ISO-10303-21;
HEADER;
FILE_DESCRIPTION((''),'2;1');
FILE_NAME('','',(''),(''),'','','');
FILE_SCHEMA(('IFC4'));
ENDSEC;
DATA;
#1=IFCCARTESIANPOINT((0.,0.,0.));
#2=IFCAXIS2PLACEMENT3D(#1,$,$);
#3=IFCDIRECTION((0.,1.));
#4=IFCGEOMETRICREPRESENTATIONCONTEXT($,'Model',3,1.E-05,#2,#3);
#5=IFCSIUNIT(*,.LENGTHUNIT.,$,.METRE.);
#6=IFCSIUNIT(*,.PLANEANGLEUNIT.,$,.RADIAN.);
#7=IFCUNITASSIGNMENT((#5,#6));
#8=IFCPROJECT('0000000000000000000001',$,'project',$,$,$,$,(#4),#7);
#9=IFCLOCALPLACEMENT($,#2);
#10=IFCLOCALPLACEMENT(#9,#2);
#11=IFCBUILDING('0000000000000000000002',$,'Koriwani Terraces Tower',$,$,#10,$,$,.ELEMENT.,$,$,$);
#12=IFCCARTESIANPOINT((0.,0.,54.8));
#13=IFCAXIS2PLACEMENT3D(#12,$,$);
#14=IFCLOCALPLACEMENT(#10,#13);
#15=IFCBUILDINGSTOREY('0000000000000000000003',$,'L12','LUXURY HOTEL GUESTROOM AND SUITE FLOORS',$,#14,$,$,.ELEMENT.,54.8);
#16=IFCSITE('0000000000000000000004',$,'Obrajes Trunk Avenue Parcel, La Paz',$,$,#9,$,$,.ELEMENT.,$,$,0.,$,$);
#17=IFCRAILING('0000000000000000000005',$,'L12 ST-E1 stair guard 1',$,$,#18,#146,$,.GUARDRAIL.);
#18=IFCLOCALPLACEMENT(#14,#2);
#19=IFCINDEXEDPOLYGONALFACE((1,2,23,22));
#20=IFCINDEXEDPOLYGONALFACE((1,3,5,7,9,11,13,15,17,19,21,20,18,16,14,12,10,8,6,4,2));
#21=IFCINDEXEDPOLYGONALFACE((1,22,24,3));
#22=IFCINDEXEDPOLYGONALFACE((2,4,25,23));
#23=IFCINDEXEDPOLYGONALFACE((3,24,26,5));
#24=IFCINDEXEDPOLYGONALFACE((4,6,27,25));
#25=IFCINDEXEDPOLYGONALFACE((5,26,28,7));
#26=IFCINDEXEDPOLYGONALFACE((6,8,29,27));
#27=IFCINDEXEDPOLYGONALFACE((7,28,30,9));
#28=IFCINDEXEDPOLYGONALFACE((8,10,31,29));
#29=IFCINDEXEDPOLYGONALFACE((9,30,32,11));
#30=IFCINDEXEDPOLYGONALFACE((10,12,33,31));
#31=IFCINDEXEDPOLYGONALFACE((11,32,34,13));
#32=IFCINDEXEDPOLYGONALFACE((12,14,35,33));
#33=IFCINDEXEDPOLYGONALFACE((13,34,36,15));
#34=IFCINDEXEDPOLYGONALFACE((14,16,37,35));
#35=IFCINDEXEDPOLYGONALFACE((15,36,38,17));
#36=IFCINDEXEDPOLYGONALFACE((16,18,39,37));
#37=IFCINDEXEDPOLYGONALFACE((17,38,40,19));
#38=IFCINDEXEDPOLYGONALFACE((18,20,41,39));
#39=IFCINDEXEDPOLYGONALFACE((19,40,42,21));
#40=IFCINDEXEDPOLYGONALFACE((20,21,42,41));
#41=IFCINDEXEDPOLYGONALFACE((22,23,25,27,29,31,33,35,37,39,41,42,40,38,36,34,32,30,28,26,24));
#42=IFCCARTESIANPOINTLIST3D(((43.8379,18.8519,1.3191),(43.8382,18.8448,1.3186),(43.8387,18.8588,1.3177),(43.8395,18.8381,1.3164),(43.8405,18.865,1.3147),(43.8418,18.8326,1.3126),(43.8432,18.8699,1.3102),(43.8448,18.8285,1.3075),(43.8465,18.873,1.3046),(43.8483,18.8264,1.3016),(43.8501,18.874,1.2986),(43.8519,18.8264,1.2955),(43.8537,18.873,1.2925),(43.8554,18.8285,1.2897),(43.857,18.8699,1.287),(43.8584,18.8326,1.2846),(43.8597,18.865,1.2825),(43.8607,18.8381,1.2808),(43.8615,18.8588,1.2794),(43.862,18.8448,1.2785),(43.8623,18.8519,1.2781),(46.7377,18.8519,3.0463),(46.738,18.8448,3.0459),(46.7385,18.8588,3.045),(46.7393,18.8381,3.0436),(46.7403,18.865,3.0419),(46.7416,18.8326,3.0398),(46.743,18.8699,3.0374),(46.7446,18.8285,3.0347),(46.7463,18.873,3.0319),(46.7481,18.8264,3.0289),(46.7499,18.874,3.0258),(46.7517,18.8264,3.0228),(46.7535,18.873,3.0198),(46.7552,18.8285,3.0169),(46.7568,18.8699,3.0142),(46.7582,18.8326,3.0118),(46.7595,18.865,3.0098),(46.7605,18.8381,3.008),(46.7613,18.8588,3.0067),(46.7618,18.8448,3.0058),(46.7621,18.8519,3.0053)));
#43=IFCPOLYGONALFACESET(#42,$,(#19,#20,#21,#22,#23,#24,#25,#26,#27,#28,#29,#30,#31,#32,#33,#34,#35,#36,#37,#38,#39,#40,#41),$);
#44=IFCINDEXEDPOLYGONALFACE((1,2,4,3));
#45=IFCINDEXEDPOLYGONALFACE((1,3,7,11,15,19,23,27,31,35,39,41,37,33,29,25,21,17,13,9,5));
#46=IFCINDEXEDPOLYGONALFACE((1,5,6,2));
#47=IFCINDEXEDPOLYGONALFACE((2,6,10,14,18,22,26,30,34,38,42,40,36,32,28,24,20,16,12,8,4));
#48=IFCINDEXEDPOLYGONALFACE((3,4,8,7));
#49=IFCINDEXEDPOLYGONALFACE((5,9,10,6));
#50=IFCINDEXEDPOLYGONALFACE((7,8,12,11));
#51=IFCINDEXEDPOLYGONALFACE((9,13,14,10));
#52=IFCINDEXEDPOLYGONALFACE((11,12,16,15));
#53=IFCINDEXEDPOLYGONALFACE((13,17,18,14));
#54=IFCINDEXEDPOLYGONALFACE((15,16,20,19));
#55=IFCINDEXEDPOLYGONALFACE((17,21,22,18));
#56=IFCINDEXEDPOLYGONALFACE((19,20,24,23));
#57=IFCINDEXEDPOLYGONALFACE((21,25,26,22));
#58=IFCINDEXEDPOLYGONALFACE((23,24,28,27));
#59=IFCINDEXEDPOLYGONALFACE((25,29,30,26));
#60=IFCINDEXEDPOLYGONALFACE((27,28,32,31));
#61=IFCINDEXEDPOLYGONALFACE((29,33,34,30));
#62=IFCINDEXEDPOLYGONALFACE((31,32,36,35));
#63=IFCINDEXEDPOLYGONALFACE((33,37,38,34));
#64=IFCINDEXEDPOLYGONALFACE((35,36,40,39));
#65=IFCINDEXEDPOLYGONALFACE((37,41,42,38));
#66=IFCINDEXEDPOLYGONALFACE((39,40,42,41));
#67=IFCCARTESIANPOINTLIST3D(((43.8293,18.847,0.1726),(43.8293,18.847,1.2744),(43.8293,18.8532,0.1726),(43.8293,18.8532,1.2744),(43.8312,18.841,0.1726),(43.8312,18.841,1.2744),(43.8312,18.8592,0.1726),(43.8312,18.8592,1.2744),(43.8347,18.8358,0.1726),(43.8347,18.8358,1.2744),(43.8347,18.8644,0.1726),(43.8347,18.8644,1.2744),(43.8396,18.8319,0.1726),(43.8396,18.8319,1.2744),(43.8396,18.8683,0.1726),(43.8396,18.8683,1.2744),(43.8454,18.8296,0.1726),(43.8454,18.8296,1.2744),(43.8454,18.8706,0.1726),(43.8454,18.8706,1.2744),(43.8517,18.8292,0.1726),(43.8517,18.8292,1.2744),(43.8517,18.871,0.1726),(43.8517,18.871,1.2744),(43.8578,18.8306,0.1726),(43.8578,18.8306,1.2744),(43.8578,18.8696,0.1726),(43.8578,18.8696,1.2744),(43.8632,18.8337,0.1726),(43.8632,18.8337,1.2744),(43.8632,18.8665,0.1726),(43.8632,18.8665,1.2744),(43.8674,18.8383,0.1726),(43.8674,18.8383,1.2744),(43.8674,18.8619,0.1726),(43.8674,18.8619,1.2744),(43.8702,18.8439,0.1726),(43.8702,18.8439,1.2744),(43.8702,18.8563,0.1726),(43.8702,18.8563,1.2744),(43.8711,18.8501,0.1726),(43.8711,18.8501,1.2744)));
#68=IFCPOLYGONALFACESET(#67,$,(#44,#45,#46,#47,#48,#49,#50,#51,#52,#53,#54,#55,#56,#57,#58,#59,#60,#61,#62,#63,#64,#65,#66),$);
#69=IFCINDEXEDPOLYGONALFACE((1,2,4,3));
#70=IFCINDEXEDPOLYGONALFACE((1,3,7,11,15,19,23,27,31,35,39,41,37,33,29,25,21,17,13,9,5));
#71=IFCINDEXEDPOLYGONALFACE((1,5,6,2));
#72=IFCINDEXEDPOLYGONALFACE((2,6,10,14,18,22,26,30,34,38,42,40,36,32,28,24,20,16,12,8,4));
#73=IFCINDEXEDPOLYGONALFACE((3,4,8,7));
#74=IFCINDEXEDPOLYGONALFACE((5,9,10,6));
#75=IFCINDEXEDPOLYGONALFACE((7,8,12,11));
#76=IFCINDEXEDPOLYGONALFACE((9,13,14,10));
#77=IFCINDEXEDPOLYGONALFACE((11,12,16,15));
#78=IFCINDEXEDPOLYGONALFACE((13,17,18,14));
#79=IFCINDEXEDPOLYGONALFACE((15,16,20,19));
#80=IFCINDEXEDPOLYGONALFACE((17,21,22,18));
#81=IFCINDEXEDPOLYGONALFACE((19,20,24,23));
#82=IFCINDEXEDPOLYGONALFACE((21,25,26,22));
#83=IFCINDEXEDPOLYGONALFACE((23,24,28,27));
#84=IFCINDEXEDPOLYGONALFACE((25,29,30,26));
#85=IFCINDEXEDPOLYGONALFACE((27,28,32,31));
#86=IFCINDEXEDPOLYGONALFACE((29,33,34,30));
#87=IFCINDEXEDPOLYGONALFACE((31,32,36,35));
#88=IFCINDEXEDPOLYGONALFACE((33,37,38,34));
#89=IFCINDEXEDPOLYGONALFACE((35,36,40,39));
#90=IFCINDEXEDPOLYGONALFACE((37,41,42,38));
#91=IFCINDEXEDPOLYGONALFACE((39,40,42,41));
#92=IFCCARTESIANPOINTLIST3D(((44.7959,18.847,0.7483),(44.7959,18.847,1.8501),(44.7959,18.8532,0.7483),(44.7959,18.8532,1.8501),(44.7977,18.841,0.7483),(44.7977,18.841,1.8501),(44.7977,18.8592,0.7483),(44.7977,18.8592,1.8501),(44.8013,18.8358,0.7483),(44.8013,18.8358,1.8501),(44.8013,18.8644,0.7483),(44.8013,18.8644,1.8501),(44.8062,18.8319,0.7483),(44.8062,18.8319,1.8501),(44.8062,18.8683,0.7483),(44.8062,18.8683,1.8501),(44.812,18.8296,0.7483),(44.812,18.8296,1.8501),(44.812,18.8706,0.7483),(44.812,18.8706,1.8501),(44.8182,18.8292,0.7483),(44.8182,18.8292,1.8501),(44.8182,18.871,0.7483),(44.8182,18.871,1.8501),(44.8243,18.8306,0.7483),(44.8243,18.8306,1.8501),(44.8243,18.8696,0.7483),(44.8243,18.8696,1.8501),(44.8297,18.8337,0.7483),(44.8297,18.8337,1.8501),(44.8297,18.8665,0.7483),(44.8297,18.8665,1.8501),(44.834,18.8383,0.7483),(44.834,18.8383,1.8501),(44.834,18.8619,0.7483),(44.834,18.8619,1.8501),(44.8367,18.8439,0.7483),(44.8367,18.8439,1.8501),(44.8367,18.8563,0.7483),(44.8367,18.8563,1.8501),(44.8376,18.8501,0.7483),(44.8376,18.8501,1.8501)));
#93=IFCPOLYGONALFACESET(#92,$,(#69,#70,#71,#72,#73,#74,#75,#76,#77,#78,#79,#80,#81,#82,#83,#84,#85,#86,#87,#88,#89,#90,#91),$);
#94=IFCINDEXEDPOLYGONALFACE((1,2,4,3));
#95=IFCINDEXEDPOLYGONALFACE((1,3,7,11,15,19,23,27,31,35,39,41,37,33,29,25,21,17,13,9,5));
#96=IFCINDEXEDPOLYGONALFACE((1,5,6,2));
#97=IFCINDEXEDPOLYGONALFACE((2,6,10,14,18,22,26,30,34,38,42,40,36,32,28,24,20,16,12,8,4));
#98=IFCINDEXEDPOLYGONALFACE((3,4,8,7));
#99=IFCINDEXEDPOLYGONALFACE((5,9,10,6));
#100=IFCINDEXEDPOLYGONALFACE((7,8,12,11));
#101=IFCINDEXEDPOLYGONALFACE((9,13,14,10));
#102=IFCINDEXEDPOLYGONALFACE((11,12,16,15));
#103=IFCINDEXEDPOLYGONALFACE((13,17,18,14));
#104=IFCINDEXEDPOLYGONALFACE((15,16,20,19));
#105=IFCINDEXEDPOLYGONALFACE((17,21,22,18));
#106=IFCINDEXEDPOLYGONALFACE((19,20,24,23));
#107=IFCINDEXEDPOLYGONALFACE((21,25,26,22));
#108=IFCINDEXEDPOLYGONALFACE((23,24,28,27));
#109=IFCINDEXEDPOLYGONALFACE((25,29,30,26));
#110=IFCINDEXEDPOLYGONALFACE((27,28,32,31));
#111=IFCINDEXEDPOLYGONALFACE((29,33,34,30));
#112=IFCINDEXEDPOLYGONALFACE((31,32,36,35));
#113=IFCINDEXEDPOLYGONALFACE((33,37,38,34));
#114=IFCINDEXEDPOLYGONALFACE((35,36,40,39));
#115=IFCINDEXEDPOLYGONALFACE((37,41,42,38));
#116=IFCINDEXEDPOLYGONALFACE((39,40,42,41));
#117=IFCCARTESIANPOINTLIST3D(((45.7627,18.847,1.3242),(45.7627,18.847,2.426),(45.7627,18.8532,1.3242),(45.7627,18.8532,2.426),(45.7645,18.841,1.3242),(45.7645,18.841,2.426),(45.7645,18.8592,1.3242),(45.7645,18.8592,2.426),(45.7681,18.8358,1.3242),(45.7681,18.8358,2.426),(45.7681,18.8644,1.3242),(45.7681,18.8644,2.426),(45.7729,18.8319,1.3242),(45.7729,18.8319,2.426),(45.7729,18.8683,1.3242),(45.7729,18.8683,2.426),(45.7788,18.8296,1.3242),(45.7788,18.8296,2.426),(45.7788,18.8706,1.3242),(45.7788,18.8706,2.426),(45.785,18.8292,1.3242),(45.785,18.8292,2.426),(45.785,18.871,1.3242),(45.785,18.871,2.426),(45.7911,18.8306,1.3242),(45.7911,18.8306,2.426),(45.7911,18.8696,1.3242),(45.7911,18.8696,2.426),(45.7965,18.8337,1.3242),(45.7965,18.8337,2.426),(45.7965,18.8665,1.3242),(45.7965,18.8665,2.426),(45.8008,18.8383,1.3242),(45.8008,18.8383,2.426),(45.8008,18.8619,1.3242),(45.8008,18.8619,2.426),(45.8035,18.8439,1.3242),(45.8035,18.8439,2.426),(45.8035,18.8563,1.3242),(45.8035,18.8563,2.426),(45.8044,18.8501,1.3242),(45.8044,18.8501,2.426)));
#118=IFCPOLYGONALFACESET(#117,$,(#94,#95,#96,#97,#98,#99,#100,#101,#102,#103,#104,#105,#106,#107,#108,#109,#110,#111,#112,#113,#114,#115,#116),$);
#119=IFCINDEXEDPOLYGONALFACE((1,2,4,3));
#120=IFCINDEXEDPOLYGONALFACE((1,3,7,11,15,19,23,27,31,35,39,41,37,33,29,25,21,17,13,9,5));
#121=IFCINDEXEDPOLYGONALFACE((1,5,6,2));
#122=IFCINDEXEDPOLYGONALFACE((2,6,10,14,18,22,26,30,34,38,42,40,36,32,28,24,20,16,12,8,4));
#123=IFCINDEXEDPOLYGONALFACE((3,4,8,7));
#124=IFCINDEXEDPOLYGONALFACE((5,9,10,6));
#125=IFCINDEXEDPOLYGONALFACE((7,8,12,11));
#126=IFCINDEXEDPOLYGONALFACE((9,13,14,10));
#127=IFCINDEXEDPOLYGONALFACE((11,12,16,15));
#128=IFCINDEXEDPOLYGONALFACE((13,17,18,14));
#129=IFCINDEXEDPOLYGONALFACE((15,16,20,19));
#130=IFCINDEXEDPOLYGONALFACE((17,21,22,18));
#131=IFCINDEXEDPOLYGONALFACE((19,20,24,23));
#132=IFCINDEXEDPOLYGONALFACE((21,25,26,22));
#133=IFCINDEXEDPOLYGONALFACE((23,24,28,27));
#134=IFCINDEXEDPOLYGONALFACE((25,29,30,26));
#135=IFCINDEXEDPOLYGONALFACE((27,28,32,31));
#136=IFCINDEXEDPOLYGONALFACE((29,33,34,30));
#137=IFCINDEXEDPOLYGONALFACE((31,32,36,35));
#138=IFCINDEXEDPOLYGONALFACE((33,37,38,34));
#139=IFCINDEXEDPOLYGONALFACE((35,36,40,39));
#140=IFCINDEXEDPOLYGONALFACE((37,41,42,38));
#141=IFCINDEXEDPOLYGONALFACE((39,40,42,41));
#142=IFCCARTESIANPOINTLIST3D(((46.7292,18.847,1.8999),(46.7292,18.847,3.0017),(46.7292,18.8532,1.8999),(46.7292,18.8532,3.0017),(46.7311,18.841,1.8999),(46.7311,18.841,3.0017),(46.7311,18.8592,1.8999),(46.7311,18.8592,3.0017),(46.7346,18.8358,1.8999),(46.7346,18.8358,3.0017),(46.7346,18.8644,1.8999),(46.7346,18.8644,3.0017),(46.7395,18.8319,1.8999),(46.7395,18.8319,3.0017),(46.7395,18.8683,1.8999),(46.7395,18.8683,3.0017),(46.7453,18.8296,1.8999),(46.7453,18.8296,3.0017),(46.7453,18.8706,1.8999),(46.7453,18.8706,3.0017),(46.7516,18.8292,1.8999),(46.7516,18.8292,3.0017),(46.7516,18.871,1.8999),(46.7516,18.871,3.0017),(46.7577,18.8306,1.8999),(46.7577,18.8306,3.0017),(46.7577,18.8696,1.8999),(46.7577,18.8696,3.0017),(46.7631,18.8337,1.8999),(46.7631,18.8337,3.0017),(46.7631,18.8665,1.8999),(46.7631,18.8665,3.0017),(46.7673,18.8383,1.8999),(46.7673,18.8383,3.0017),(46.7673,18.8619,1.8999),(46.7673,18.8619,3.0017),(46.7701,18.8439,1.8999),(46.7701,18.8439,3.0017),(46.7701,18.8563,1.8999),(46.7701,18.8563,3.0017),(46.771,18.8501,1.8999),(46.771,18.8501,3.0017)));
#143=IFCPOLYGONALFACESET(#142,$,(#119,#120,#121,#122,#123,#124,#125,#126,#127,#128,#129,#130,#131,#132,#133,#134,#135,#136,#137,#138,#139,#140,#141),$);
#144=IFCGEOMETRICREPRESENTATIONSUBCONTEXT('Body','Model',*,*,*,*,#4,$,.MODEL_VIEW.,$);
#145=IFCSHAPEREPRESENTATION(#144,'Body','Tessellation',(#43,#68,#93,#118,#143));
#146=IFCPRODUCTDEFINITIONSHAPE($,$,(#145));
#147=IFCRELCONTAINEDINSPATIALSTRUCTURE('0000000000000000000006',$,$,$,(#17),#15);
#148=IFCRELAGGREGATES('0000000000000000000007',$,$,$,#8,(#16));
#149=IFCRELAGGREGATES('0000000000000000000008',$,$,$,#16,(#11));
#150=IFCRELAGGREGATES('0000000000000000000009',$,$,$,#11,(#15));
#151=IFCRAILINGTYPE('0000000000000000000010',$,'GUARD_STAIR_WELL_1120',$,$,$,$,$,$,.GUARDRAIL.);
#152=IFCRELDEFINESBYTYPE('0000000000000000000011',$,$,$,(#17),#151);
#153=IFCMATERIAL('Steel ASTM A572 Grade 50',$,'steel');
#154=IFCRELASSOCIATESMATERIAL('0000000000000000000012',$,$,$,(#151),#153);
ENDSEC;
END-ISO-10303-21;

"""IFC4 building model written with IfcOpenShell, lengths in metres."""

from ifc_helpers import new_model, si_unit, direction, frame, origin, origin_2d, place, context, subcontext, project, spatial, circle, extrude, material, type_object, element, save


model = new_model("IFC4")

# Units and contexts
model_context = context("Model", 3, precision=1e-05, world=origin(), true_north=direction((0.0, 1.0)))
body_context = subcontext(model_context, "Body", "Model", "MODEL_VIEW")
ifc_project = project(units=[si_unit("LENGTHUNIT", "METRE"), si_unit("PLANEANGLEUNIT", "RADIAN")], contexts=[model_context])

# Site, building, storey
site_placement = place(None, origin())
site = spatial("IfcSite", under=ifc_project, at=site_placement, Name="Obrajes Trunk Avenue Parcel, La Paz", CompositionType="ELEMENT", RefElevation=0.0)
building_placement = place(site_placement, origin())
building = spatial("IfcBuilding", under=site, at=building_placement, Name="Koriwani Terraces Tower", CompositionType="ELEMENT")
storey_placement = place(building_placement, frame((0.0, 0.0, 54.8)))
storey = spatial("IfcBuildingStorey", under=building, at=storey_placement, Name="L12", Description="LUXURY HOTEL GUESTROOM AND SUITE FLOORS", CompositionType="ELEMENT", Elevation=54.8)

# Shared definitions
ifc_material_1 = material(Name="Steel ASTM A572 Grade 50", Category="steel")

# Railing
railing_type_1 = type_object("IfcRailingType", Name="GUARD_STAIR_WELL_1120", PredefinedType="GUARDRAIL", material=ifc_material_1)
railing_1_placement = place(storey_placement, frame((43.8501, 18.8501, 0.1726)))
element("IfcRailing", 1, at=railing_1_placement, inside=storey, type_object=railing_type_1, Name="L12 ST-E1 stair guard 1", PredefinedType="GUARDRAIL", context=body_context, shape_type="SweptSolid", body=[
    extrude(circle(Radius=0.0239, at=origin_2d()), frame((0.0, 0.0, 1.126), z_axis=(0.859141, 0.0, 0.511738), x_axis=(0.0, 1.0, 0.0)), (0.0, 0.0, 1.0), 3.3752),
    extrude(circle(Radius=0.021, at=origin_2d()), origin(), (0.0, 0.0, 1.0), 1.1018),
    extrude(circle(Radius=0.021, at=origin_2d()), frame((0.9666, 0.0, 0.5757)), (0.0, 0.0, 1.0), 1.1018),
    extrude(circle(Radius=0.021, at=origin_2d()), frame((1.9333, 0.0, 1.1516)), (0.0, 0.0, 1.0), 1.1018),
    extrude(circle(Radius=0.021, at=origin_2d()), frame((2.8999, 0.0, 1.7273)), (0.0, 0.0, 1.0), 1.1018),
])

save(model, "model.ifc")
